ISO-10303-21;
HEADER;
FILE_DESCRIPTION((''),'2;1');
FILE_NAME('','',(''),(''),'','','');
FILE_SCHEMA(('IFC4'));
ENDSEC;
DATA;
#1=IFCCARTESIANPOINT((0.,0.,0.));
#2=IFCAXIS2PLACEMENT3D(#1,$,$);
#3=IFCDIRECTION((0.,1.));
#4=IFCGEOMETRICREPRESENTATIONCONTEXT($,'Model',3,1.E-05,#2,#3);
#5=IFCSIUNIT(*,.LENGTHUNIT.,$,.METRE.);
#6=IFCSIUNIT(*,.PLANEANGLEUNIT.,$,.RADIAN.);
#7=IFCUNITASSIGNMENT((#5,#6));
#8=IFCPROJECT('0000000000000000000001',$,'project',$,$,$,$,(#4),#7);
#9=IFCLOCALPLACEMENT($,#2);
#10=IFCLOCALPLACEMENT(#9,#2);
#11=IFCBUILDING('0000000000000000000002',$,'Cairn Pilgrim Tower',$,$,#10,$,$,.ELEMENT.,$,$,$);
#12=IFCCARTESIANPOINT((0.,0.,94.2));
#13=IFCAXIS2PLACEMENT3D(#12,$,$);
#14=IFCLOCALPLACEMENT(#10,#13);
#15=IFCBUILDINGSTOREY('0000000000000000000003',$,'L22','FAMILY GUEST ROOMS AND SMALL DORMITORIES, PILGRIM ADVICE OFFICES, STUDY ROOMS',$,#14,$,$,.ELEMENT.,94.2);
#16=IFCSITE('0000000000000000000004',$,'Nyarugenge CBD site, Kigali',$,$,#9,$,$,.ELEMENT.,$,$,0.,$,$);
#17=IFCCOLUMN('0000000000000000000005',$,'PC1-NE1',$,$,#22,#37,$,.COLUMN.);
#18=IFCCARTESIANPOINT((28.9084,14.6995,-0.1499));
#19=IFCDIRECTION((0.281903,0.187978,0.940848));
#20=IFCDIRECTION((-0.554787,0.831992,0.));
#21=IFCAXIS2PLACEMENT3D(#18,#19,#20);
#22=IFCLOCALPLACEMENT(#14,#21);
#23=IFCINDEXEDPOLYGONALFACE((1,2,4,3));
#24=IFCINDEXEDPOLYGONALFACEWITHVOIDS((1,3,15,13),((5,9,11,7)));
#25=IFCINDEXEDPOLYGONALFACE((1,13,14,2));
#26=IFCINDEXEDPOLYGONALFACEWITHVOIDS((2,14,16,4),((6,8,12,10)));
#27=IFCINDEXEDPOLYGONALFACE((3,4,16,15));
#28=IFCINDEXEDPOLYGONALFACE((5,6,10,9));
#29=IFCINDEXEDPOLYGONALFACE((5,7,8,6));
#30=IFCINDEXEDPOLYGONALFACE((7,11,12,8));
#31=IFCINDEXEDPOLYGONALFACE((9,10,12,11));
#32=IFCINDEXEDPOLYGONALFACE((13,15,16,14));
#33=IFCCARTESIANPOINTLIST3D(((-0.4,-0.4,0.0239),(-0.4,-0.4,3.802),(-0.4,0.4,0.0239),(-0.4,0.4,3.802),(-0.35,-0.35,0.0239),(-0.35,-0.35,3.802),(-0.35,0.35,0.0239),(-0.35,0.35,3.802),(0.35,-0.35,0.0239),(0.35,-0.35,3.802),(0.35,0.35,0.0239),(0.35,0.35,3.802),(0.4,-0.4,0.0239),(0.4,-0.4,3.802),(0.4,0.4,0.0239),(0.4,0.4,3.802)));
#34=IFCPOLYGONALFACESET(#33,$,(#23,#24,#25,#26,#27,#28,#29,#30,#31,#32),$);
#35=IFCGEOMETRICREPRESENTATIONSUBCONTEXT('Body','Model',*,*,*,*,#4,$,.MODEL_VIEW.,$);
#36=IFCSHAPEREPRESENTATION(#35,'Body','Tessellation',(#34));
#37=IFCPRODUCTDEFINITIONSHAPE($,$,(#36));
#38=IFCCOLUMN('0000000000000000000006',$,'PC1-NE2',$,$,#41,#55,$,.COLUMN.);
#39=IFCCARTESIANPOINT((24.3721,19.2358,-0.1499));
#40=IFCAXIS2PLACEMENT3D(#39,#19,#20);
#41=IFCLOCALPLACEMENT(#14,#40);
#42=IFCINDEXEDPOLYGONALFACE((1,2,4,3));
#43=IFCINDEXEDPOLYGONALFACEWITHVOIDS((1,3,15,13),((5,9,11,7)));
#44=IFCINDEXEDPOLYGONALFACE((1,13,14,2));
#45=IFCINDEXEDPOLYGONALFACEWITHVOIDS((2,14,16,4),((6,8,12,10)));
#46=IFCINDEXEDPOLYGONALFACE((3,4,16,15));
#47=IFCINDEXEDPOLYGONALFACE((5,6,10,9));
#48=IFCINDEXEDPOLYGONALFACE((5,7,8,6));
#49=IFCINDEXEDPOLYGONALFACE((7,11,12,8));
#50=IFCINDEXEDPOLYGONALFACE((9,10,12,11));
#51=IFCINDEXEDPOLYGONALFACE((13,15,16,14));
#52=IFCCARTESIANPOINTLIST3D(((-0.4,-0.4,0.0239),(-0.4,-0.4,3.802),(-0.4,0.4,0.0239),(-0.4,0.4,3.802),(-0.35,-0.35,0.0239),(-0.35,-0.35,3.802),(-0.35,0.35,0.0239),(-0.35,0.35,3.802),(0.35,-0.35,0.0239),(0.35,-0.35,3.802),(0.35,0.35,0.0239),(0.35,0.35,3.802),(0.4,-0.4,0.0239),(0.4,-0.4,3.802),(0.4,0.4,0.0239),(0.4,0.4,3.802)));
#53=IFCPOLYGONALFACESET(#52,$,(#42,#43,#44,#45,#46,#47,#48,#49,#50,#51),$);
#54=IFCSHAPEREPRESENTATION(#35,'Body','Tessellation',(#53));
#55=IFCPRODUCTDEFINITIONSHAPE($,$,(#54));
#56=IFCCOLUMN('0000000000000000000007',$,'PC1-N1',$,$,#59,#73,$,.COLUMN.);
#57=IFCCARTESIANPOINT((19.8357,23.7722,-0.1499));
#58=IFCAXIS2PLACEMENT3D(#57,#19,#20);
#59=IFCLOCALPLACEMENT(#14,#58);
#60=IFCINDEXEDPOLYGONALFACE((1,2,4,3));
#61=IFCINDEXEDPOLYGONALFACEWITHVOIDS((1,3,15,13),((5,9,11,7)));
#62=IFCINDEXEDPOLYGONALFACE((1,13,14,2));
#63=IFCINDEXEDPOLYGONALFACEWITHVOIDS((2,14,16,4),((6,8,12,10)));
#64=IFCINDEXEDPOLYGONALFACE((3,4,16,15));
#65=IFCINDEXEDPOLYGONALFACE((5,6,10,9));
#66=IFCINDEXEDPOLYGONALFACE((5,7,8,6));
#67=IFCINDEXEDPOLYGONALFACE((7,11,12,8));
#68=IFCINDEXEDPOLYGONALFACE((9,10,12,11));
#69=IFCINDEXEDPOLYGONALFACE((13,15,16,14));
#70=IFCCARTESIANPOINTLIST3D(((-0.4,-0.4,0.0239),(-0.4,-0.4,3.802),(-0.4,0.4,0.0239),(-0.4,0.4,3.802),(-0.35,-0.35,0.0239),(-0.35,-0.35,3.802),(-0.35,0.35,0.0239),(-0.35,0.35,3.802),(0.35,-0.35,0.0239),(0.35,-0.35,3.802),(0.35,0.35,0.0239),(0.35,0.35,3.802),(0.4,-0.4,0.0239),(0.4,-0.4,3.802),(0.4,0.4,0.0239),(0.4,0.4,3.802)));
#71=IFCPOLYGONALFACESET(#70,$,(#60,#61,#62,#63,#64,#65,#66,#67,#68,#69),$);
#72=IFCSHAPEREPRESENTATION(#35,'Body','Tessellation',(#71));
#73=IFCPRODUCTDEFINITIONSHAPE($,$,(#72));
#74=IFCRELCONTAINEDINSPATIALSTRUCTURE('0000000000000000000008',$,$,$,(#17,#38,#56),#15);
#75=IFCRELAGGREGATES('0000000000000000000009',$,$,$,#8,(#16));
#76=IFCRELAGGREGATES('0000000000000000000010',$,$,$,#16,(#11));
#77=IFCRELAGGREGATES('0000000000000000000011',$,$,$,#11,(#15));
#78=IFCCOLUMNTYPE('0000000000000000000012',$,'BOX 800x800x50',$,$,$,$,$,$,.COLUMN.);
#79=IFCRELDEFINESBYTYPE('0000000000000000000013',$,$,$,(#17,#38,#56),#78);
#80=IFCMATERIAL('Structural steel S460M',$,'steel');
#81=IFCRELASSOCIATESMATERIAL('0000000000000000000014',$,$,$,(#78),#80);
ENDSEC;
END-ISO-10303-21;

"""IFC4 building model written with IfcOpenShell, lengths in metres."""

from ifc_helpers import new_model, si_unit, direction, frame, origin, origin_2d, place, context, subcontext, project, spatial, hollow_rectangle, extrude, clip, halfspace, material, material_profile, profile_set, type_object, element, save


model = new_model("IFC4")

# Units and contexts
model_context = context("Model", 3, precision=1e-05, world=origin(), true_north=direction((0.0, 1.0)))
body_context = subcontext(model_context, "Body", "Model", "MODEL_VIEW")
ifc_project = project(units=[si_unit("LENGTHUNIT", "METRE"), si_unit("PLANEANGLEUNIT", "RADIAN")], contexts=[model_context])

# Site, building, storey
site_placement = place(None, origin())
site = spatial("IfcSite", under=ifc_project, at=site_placement, Name="Nyarugenge CBD site, Kigali", CompositionType="ELEMENT", RefElevation=0.0)
building_placement = place(site_placement, origin())
building = spatial("IfcBuilding", under=site, at=building_placement, Name="Cairn Pilgrim Tower", CompositionType="ELEMENT")
storey_placement = place(building_placement, frame((0.0, 0.0, 94.2)))
storey = spatial("IfcBuildingStorey", under=building, at=storey_placement, Name="L22", Description="FAMILY GUEST ROOMS AND SMALL DORMITORIES, PILGRIM ADVICE OFFICES, STUDY ROOMS", CompositionType="ELEMENT", Elevation=94.2)

# Columns
ifc_material_1 = material(Name="Structural steel S460M", Category="steel")
ifc_material_profile_1 = material_profile(ifc_material_1, hollow_rectangle(XDim=0.8, YDim=0.8, WallThickness=0.05, at=origin_2d()), Name="BOX 800x800x50")
ifc_profile_set_1 = profile_set([ifc_material_profile_1], Name="Structural steel S460M")
column_type = type_object("IfcColumnType", Name="BOX 800x800x50", PredefinedType="COLUMN", material=ifc_profile_set_1)
for number, where, z_axis, x_axis, name in (
    (1, (28.9084, 14.6995, -0.1499), (0.281903, 0.187978, 0.940848), (-0.554787, 0.831992, 0.0), "PC1-NE1"),
    (2, (24.3721, 19.2358, -0.1499), (0.281903, 0.187978, 0.940848), (-0.554787, 0.831992, 0.0), "PC1-NE2"),
    (3, (19.8357, 23.7722, -0.1499), (0.281903, 0.187978, 0.940848), (-0.554787, 0.831992, 0.0), "PC1-N1"),
):
    element("IfcColumn", number, at=place(storey_placement, frame(where, z_axis=z_axis, x_axis=x_axis)), inside=storey, type_object=column_type, Name=name, PredefinedType="COLUMN", context=body_context, shape_type="Clipping", body=[
        clip(clip(extrude(hollow_rectangle(XDim=0.8, YDim=0.8, WallThickness=0.05, at=origin_2d()), origin(), (0.0, 0.0, 1.0), 3.8262), halfspace(frame((0.0, 0.0, 0.0239), z_axis=(0.0, 0.0, 1.0), x_axis=(1.0, 0.0, 0.0)), True)), halfspace(frame((0.0, 0.0, 3.802), z_axis=(0.0, 0.0, 1.0), x_axis=(1.0, 0.0, 0.0)), False)),
    ])

save(model, "model.ifc")
